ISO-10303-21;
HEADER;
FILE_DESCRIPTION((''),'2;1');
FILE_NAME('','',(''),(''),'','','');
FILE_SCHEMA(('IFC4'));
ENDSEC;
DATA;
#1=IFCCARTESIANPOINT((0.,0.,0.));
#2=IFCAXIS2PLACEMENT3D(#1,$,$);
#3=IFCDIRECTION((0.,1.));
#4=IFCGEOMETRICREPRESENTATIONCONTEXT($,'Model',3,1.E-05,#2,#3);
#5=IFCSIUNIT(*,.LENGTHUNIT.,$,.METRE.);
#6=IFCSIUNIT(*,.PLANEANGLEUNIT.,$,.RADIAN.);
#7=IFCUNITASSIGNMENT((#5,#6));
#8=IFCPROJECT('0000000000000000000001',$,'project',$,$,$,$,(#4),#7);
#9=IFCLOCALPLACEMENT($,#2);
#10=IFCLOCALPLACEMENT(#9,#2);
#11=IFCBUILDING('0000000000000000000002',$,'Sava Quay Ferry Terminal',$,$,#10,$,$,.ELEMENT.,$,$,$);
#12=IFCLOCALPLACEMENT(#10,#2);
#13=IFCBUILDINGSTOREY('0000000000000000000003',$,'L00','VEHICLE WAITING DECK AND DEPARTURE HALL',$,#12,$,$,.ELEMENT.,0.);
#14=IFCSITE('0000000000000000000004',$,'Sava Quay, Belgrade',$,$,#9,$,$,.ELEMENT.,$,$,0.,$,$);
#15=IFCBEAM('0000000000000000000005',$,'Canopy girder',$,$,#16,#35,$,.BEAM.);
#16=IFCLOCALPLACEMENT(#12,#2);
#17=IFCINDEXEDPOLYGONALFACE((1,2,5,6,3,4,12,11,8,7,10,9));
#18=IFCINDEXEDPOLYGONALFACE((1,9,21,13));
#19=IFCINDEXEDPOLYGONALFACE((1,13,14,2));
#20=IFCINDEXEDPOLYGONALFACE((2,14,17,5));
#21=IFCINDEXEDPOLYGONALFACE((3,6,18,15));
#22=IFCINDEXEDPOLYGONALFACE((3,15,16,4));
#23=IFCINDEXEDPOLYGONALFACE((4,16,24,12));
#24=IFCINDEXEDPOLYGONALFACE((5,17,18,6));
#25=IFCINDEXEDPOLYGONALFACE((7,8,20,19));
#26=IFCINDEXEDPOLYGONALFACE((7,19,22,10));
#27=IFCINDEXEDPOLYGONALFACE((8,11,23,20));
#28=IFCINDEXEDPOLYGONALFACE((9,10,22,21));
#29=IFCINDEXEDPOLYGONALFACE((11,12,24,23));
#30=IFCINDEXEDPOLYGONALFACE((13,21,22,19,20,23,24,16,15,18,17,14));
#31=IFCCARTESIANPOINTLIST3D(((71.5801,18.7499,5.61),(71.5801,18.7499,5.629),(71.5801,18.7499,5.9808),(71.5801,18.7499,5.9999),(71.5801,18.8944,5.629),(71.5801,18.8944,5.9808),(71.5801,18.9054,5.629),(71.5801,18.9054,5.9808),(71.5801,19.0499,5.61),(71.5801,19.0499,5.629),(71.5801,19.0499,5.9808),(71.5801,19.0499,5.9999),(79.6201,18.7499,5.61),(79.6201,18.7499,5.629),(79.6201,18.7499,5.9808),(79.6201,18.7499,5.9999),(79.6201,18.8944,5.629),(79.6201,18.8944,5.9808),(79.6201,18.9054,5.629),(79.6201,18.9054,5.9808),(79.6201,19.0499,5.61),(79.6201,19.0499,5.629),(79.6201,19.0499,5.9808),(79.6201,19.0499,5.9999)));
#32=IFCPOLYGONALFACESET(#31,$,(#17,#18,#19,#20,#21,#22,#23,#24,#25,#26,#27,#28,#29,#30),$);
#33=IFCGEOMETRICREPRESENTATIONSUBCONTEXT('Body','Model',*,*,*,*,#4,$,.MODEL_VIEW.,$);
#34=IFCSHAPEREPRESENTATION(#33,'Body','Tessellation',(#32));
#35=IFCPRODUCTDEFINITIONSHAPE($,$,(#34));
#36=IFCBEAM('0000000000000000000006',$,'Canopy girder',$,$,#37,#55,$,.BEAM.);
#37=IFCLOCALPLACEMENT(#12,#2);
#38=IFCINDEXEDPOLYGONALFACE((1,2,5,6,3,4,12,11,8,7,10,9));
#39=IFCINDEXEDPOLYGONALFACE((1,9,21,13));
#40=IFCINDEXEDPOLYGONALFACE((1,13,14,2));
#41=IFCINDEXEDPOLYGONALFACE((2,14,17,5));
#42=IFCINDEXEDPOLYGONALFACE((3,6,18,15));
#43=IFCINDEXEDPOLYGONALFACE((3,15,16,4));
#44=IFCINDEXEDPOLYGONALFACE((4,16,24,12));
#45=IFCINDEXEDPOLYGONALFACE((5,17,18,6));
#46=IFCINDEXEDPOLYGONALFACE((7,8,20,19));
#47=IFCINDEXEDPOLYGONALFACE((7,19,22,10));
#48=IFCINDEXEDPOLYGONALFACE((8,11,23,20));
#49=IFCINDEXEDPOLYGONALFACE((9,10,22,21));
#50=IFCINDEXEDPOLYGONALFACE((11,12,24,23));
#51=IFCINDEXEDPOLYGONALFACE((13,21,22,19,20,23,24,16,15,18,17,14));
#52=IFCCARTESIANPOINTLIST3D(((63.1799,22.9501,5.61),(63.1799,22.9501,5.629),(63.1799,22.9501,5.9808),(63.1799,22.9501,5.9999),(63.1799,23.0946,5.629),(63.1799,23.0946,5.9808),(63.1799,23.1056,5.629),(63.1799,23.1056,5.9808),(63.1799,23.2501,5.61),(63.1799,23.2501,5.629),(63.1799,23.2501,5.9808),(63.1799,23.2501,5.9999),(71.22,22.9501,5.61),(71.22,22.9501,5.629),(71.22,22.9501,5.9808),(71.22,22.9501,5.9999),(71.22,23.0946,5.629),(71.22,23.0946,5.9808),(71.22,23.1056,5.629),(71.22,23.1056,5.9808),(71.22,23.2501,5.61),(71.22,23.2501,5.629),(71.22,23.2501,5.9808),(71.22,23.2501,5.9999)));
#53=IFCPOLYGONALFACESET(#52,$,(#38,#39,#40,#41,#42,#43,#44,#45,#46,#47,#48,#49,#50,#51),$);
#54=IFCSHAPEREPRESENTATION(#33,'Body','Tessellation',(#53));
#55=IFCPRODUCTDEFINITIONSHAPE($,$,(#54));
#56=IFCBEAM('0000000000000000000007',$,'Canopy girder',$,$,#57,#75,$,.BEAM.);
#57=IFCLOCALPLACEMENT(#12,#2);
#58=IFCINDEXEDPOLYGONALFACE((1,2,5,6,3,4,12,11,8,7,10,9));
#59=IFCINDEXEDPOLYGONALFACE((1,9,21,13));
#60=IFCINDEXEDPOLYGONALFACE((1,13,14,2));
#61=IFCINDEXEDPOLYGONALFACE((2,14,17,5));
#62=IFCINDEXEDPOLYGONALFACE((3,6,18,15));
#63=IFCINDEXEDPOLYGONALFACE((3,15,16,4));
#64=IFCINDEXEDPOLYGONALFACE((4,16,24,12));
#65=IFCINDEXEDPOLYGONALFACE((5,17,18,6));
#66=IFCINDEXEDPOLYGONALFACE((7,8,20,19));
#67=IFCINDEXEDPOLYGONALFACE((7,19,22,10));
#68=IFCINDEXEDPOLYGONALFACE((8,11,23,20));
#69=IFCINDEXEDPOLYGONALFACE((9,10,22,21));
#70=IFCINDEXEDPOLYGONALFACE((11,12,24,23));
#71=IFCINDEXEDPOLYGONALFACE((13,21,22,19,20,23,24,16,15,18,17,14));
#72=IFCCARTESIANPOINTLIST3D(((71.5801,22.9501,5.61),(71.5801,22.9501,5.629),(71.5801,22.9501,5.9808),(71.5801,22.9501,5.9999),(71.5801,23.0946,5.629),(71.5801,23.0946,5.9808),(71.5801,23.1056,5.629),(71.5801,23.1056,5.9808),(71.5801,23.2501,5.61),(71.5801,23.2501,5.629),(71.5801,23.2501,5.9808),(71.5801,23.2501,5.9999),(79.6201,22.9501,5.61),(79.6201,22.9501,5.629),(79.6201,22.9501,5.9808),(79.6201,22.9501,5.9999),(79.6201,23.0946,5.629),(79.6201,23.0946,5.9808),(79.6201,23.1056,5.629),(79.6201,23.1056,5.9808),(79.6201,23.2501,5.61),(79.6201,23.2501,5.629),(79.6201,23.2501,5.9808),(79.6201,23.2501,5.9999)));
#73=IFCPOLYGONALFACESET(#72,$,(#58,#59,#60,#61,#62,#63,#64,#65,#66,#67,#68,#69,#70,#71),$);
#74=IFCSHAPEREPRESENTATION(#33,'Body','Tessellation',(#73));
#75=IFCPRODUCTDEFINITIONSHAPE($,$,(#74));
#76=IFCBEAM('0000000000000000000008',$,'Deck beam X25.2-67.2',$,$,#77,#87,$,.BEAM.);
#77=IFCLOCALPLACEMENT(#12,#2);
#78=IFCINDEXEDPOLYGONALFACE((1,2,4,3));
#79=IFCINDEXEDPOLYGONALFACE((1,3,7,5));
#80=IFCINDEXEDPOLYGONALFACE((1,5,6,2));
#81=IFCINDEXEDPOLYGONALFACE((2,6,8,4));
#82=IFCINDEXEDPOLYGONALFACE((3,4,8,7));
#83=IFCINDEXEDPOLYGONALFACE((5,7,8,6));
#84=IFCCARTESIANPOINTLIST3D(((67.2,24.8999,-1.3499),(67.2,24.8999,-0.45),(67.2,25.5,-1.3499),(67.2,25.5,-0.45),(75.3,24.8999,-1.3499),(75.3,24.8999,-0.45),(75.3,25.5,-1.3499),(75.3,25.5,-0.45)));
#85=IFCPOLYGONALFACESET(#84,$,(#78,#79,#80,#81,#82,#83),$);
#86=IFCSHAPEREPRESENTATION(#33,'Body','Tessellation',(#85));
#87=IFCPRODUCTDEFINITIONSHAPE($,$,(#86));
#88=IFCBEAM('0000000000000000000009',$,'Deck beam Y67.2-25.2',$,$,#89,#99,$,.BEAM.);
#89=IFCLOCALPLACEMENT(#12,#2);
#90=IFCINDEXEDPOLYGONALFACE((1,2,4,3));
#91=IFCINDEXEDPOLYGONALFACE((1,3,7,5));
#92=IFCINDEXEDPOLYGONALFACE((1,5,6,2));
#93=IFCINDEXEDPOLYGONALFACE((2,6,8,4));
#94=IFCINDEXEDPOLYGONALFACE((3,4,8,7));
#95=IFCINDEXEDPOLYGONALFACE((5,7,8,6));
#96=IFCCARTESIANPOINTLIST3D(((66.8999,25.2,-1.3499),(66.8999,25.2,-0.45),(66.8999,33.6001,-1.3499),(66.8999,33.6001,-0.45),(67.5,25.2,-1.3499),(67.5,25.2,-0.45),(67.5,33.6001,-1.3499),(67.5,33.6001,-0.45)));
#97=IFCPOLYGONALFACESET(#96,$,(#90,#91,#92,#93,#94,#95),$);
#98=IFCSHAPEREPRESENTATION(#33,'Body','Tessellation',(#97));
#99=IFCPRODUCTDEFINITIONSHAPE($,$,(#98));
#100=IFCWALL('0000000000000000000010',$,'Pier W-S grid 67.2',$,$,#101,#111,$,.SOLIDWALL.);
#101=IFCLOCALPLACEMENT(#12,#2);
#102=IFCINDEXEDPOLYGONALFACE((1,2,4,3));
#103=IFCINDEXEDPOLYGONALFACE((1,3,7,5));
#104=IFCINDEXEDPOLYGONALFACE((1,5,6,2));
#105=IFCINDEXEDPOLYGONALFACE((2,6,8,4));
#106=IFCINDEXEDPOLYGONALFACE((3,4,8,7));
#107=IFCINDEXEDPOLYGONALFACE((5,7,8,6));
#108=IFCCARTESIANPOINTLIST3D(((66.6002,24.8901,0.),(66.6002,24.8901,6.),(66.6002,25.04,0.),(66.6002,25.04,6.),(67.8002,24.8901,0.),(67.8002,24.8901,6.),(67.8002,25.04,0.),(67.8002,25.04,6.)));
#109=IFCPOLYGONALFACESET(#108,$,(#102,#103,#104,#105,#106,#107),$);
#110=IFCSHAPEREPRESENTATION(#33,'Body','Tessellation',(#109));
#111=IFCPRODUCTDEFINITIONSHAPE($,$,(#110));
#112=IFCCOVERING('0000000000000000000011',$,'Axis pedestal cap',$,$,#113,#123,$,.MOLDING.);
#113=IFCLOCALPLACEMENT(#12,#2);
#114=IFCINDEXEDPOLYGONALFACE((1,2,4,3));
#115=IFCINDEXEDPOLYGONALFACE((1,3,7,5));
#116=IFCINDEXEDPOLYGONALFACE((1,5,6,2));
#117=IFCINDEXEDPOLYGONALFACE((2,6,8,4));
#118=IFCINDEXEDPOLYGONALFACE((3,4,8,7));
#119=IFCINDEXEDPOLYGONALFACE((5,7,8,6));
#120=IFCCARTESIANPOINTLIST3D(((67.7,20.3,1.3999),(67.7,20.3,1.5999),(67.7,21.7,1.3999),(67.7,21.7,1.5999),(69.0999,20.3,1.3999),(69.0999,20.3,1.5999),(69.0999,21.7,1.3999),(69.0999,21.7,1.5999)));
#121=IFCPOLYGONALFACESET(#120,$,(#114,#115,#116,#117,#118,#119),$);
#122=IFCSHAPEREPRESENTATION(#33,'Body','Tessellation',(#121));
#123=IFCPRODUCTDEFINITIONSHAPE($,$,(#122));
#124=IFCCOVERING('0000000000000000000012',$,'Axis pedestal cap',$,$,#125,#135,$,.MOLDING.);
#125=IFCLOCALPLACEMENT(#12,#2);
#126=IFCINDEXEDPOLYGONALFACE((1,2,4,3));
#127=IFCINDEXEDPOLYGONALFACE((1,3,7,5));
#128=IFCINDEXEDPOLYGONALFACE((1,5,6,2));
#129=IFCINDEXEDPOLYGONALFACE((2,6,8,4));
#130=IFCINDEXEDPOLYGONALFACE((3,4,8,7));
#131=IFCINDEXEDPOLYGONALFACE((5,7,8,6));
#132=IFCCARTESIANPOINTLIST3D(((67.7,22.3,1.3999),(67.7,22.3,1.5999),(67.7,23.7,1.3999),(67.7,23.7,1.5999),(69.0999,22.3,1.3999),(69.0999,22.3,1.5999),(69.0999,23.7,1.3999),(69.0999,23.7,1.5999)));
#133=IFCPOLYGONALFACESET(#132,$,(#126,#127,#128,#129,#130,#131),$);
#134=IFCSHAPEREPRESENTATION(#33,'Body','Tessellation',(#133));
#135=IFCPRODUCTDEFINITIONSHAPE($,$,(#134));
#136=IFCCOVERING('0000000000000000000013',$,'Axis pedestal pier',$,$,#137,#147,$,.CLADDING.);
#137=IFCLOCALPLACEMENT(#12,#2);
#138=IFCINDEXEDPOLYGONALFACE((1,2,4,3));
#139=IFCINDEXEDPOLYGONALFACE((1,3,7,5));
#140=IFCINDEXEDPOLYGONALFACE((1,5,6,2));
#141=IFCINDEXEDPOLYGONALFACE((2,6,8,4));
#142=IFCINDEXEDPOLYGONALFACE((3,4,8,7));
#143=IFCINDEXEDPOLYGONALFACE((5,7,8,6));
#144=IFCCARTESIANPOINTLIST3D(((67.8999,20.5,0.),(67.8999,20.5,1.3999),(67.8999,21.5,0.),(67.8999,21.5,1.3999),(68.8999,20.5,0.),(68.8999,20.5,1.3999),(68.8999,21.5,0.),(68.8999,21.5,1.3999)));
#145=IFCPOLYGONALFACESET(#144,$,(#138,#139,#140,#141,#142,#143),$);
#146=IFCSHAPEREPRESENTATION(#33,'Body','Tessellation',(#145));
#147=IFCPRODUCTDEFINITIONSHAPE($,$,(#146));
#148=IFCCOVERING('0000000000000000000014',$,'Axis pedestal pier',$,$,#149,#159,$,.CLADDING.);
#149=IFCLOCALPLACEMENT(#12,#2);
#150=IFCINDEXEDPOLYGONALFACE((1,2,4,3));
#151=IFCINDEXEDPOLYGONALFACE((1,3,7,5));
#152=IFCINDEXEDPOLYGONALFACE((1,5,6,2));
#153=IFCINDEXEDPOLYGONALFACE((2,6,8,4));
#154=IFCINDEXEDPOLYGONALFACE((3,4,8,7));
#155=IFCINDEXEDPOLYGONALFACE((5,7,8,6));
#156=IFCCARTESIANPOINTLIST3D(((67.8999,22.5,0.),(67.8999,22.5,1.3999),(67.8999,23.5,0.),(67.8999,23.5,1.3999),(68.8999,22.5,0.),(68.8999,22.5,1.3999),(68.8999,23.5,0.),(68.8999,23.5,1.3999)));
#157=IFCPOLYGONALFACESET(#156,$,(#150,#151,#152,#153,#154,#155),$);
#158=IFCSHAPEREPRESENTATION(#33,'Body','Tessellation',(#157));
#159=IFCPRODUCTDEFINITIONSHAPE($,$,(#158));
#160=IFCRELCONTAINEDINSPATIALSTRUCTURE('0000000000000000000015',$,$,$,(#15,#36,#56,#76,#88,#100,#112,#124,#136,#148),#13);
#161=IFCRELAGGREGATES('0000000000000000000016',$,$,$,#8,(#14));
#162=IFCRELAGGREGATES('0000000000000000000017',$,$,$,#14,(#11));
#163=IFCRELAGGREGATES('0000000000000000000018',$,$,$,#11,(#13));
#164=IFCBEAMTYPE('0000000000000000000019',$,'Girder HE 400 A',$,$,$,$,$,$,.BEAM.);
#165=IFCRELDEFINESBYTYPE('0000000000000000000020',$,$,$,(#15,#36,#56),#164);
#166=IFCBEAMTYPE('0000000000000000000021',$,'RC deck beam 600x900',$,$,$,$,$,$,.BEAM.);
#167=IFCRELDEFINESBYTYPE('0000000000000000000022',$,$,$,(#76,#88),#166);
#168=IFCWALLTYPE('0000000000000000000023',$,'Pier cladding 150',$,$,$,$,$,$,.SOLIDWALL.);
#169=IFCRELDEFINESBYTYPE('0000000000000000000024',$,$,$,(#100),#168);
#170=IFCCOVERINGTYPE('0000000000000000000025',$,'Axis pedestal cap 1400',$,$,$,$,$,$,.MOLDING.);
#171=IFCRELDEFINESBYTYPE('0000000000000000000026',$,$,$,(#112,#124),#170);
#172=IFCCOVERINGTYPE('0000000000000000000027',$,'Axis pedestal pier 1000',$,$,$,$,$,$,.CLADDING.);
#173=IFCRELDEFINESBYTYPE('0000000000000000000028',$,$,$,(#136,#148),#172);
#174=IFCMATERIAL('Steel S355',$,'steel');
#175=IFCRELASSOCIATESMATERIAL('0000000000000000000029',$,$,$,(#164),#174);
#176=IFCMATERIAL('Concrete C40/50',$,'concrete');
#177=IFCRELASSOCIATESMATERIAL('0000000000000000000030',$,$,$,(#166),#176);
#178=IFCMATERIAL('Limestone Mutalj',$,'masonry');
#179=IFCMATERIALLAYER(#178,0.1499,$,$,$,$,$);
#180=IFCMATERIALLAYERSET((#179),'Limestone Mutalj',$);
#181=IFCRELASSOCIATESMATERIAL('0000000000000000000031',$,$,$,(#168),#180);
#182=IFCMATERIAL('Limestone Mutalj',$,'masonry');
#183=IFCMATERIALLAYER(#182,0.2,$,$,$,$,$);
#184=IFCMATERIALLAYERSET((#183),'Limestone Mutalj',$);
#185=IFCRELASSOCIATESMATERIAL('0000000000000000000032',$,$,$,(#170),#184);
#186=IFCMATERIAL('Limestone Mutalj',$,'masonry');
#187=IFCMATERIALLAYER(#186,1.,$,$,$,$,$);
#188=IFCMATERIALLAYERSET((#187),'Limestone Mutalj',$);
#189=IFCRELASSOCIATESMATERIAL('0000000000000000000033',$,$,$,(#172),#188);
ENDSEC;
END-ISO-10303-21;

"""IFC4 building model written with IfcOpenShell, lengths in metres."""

from ifc_helpers import new_model, si_unit, direction, frame, frame_2d, origin, origin_2d, place, context, subcontext, project, spatial, rectangle, i_section, extrude, material, layer, layer_set, material_profile, profile_set, type_object, element, save


model = new_model("IFC4")

# Units and contexts
model_context = context("Model", 3, precision=1e-05, world=origin(), true_north=direction((0.0, 1.0)))
body_context = subcontext(model_context, "Body", "Model", "MODEL_VIEW")
ifc_project = project(units=[si_unit("LENGTHUNIT", "METRE"), si_unit("PLANEANGLEUNIT", "RADIAN")], contexts=[model_context])

# Site, building, storey
site_placement = place(None, origin())
site = spatial("IfcSite", under=ifc_project, at=site_placement, Name="Sava Quay, Belgrade", CompositionType="ELEMENT", RefElevation=0.0)
building_placement = place(site_placement, origin())
building = spatial("IfcBuilding", under=site, at=building_placement, Name="Sava Quay Ferry Terminal", CompositionType="ELEMENT")
storey_placement = place(building_placement, origin())
storey = spatial("IfcBuildingStorey", under=building, at=storey_placement, Name="L00", Description="VEHICLE WAITING DECK AND DEPARTURE HALL", CompositionType="ELEMENT", Elevation=0.0)

# Beams
ifc_material_1 = material(Name="Steel S355", Category="steel")
ifc_material_profile_1 = material_profile(ifc_material_1, i_section(OverallWidth=0.3, OverallDepth=0.3899, WebThickness=0.011, FlangeThickness=0.019, at=origin_2d()), Name="HE 400 A")
ifc_profile_set_1 = profile_set([ifc_material_profile_1], Name="Steel S355")
beam_type_1 = type_object("IfcBeamType", Name="Girder HE 400 A", PredefinedType="BEAM", material=ifc_profile_set_1)
for number, where, z_axis, x_axis, name in (
    (1, (71.5801, 18.8999, 5.8049), (1.0, 0.0, 0.0), (0.0, 1.0, 0.0), "Canopy girder"),
    (2, (63.1799, 23.1001, 5.8049), (1.0, 0.0, 0.0), (0.0, 1.0, 0.0), "Canopy girder"),
    (3, (71.5801, 23.1001, 5.8049), (1.0, 0.0, 0.0), (0.0, 1.0, 0.0), "Canopy girder"),
):
    element("IfcBeam", number, at=place(storey_placement, frame(where, z_axis=z_axis, x_axis=x_axis)), inside=storey, type_object=beam_type_1, Name=name, PredefinedType="BEAM", context=body_context, shape_type="SweptSolid", body=[
        extrude(i_section(OverallWidth=0.3, OverallDepth=0.3899, WebThickness=0.011, FlangeThickness=0.019, at=origin_2d()), origin(), (0.0, 0.0, 1.0), 8.04),
    ])
ifc_material_2 = material(Name="Concrete C40/50", Category="concrete")
ifc_material_profile_2 = material_profile(ifc_material_2, rectangle(XDim=0.6001, YDim=0.8999, at=origin_2d()), Name="RC 600x900")
ifc_profile_set_2 = profile_set([ifc_material_profile_2], Name="Concrete C40/50")
beam_type_2 = type_object("IfcBeamType", Name="RC deck beam 600x900", PredefinedType="BEAM", material=ifc_profile_set_2)
beam_1_placement = place(storey_placement, frame((67.2, 25.2, -0.8999), z_axis=(1.0, 0.0, 0.0), x_axis=(0.0, 1.0, 0.0)))
element("IfcBeam", 4, at=beam_1_placement, inside=storey, type_object=beam_type_2, Name="Deck beam X25.2-67.2", PredefinedType="BEAM", context=body_context, shape_type="SweptSolid", body=[
    extrude(rectangle(XDim=0.6001, YDim=0.8999, at=origin_2d()), origin(), (0.0, 0.0, 1.0), 8.1001),
])
beam_2_placement = place(storey_placement, frame((67.2, 25.2, -0.8999), z_axis=(0.0, 1.0, 0.0), x_axis=(-1.0, 0.0, 0.0)))
element("IfcBeam", 5, at=beam_2_placement, inside=storey, type_object=beam_type_2, Name="Deck beam Y67.2-25.2", PredefinedType="BEAM", context=body_context, shape_type="SweptSolid", body=[
    extrude(rectangle(XDim=0.6001, YDim=0.8999, at=origin_2d()), origin(), (0.0, 0.0, 1.0), 8.4001),
])

# Wall
ifc_material_3 = material(Name="Limestone Mutalj", Category="masonry")
ifc_layer_1 = layer(ifc_material_3, 0.1499)
ifc_layer_set_1 = layer_set([ifc_layer_1], Name="Limestone Mutalj")
wall_type = type_object("IfcWallType", Name="Pier cladding 150", PredefinedType="SOLIDWALL", material=ifc_layer_set_1)
wall_placement = place(storey_placement, frame((66.6001, 24.9651, 0.0), z_axis=(0.0, 0.0, 1.0), x_axis=(1.0, 0.0, 0.0)))
element("IfcWall", 6, at=wall_placement, inside=storey, type_object=wall_type, Name="Pier W-S grid 67.2", PredefinedType="SOLIDWALL", context=body_context, shape_type="SweptSolid", body=[
    extrude(rectangle(XDim=1.2, YDim=0.1499, at=frame_2d((0.6001, 0.0))), origin(), (0.0, 0.0, 1.0), 6.0),
])

# Coverings
ifc_material_4 = material(Name="Limestone Mutalj", Category="masonry")
ifc_layer_2 = layer(ifc_material_4, 0.2)
ifc_layer_set_2 = layer_set([ifc_layer_2], Name="Limestone Mutalj")
covering_type_1 = type_object("IfcCoveringType", Name="Axis pedestal cap 1400", PredefinedType="MOLDING", material=ifc_layer_set_2)
for number, where, z_axis, x_axis, name in (
    (7, (68.3999, 21.0, 1.3999), (0.0, 0.0, 1.0), (1.0, 0.0, 0.0), "Axis pedestal cap"),
    (8, (68.3999, 23.0, 1.3999), (0.0, 0.0, 1.0), (1.0, 0.0, 0.0), "Axis pedestal cap"),
):
    element("IfcCovering", number, at=place(storey_placement, frame(where, z_axis=z_axis, x_axis=x_axis)), inside=storey, type_object=covering_type_1, Name=name, PredefinedType="MOLDING", context=body_context, shape_type="SweptSolid", body=[
        extrude(rectangle(XDim=1.3999, YDim=1.3999, at=origin_2d()), origin(), (0.0, 0.0, 1.0), 0.2),
    ])
ifc_material_5 = material(Name="Limestone Mutalj", Category="masonry")
ifc_layer_3 = layer(ifc_material_5, 1.0)
ifc_layer_set_3 = layer_set([ifc_layer_3], Name="Limestone Mutalj")
covering_type_2 = type_object("IfcCoveringType", Name="Axis pedestal pier 1000", PredefinedType="CLADDING", material=ifc_layer_set_3)
for number, where, z_axis, x_axis, name in (
    (9, (68.3999, 21.0, 0.0), (0.0, 0.0, 1.0), (1.0, 0.0, 0.0), "Axis pedestal pier"),
    (10, (68.3999, 23.0, 0.0), (0.0, 0.0, 1.0), (1.0, 0.0, 0.0), "Axis pedestal pier"),
):
    element("IfcCovering", number, at=place(storey_placement, frame(where, z_axis=z_axis, x_axis=x_axis)), inside=storey, type_object=covering_type_2, Name=name, PredefinedType="CLADDING", context=body_context, shape_type="SweptSolid", body=[
        extrude(rectangle(XDim=1.0, YDim=1.0, at=origin_2d()), origin(), (0.0, 0.0, 1.0), 1.3999),
    ])

save(model, "model.ifc")
